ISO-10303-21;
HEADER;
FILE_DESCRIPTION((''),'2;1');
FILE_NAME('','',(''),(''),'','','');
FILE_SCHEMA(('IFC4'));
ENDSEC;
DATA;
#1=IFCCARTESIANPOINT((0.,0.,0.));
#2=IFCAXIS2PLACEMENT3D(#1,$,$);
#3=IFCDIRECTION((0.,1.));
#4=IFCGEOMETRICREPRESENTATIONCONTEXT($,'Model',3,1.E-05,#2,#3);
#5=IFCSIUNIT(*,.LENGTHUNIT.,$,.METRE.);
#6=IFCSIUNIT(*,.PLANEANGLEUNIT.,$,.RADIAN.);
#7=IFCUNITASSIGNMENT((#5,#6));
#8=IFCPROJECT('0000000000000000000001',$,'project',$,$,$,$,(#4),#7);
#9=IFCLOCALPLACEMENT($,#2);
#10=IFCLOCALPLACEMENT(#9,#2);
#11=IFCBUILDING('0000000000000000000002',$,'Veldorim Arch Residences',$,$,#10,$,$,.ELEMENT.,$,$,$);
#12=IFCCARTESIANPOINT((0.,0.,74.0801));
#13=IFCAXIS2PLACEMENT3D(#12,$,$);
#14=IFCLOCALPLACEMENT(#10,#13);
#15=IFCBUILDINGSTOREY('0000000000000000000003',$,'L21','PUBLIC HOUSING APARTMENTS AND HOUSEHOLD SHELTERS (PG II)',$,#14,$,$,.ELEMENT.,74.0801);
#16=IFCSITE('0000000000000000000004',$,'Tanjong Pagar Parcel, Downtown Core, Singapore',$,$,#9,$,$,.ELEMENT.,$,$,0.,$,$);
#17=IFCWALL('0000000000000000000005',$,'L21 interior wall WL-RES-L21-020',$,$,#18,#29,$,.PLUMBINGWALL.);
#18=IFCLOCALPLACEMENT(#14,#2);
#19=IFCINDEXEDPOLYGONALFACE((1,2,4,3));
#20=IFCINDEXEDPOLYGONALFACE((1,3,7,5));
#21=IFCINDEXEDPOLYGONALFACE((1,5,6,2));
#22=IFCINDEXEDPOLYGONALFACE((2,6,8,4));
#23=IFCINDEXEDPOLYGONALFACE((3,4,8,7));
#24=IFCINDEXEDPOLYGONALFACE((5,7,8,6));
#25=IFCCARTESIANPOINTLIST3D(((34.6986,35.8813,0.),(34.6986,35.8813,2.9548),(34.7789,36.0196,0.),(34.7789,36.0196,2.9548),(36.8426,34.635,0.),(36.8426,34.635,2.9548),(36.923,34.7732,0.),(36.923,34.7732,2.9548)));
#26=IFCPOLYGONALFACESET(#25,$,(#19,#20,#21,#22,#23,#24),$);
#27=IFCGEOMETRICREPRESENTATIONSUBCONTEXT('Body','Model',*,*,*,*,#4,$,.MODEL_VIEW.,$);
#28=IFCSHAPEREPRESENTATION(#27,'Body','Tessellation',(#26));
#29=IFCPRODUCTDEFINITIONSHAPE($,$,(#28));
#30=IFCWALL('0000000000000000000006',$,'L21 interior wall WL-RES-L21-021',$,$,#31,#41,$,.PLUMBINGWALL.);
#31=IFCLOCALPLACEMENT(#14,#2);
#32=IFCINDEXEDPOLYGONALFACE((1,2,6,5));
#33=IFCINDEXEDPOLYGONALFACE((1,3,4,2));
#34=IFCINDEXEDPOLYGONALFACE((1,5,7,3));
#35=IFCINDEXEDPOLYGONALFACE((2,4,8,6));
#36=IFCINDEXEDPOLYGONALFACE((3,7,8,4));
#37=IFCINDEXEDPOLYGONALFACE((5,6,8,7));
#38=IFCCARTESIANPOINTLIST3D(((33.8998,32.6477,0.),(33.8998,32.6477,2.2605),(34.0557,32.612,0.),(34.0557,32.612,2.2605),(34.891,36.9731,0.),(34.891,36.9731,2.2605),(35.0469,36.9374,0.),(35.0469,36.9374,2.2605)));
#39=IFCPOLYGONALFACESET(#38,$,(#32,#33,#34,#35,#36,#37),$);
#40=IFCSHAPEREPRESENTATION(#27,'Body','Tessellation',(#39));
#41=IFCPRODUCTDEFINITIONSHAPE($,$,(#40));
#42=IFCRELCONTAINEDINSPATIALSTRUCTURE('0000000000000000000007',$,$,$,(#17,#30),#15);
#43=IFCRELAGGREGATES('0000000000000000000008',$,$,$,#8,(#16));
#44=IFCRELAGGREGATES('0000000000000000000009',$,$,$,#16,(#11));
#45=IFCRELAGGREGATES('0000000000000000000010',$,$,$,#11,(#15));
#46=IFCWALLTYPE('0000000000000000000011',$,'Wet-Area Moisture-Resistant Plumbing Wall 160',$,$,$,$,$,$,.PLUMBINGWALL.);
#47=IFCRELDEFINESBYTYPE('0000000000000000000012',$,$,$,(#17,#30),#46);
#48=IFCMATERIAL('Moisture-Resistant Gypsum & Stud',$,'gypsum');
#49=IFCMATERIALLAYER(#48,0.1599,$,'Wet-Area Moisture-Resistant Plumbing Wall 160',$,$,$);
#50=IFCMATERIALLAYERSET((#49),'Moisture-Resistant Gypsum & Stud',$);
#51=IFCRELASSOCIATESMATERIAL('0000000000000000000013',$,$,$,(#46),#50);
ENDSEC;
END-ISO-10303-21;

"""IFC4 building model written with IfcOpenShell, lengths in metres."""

from ifc_helpers import new_model, si_unit, direction, frame, frame_2d, origin, place, context, subcontext, project, spatial, rectangle, extrude, material, layer, layer_set, type_object, element, save


model = new_model("IFC4")

# Units and contexts
model_context = context("Model", 3, precision=1e-05, world=origin(), true_north=direction((0.0, 1.0)))
body_context = subcontext(model_context, "Body", "Model", "MODEL_VIEW")
ifc_project = project(units=[si_unit("LENGTHUNIT", "METRE"), si_unit("PLANEANGLEUNIT", "RADIAN")], contexts=[model_context])

# Site, building, storey
site_placement = place(None, origin())
site = spatial("IfcSite", under=ifc_project, at=site_placement, Name="Tanjong Pagar Parcel, Downtown Core, Singapore", CompositionType="ELEMENT", RefElevation=0.0)
building_placement = place(site_placement, origin())
building = spatial("IfcBuilding", under=site, at=building_placement, Name="Veldorim Arch Residences", CompositionType="ELEMENT")
storey_placement = place(building_placement, frame((0.0, 0.0, 74.0801)))
storey = spatial("IfcBuildingStorey", under=building, at=storey_placement, Name="L21", Description="PUBLIC HOUSING APARTMENTS AND HOUSEHOLD SHELTERS (PG II)", CompositionType="ELEMENT", Elevation=74.0801)

# Shared definitions
ifc_material_1 = material(Name="Moisture-Resistant Gypsum & Stud", Category="gypsum")
ifc_layer_1 = layer(ifc_material_1, 0.1599, Name="Wet-Area Moisture-Resistant Plumbing Wall 160")
ifc_layer_set_1 = layer_set([ifc_layer_1], Name="Moisture-Resistant Gypsum & Stud")
wall_type_1 = type_object("IfcWallType", Name="Wet-Area Moisture-Resistant Plumbing Wall 160", PredefinedType="PLUMBINGWALL", material=ifc_layer_set_1)

# Walls
wall_1_placement = place(storey_placement, frame((36.8828, 34.7041, 0.0), z_axis=(0.0, 0.0, 1.0), x_axis=(-0.864542, 0.502561, 0.0)))
element("IfcWall", 1, at=wall_1_placement, inside=storey, type_object=wall_type_1, Name="L21 interior wall WL-RES-L21-020", PredefinedType="PLUMBINGWALL", context=body_context, shape_type="SweptSolid", body=[
    extrude(rectangle(XDim=2.48, YDim=0.1599, at=frame_2d((1.24, 0.0))), origin(), (0.0, 0.0, 1.0), 2.9548),
])
wall_2_placement = place(storey_placement, frame((33.9778, 32.6299, 0.0), z_axis=(0.0, 0.0, 1.0), x_axis=(0.223369, 0.974734, 0.0)))
element("IfcWall", 2, at=wall_2_placement, inside=storey, type_object=wall_type_1, Name="L21 interior wall WL-RES-L21-021", PredefinedType="PLUMBINGWALL", context=body_context, shape_type="SweptSolid", body=[
    extrude(rectangle(XDim=4.4375, YDim=0.1599, at=frame_2d((2.2188, 0.0))), origin(), (0.0, 0.0, 1.0), 2.2605),
])

save(model, "model.ifc")
